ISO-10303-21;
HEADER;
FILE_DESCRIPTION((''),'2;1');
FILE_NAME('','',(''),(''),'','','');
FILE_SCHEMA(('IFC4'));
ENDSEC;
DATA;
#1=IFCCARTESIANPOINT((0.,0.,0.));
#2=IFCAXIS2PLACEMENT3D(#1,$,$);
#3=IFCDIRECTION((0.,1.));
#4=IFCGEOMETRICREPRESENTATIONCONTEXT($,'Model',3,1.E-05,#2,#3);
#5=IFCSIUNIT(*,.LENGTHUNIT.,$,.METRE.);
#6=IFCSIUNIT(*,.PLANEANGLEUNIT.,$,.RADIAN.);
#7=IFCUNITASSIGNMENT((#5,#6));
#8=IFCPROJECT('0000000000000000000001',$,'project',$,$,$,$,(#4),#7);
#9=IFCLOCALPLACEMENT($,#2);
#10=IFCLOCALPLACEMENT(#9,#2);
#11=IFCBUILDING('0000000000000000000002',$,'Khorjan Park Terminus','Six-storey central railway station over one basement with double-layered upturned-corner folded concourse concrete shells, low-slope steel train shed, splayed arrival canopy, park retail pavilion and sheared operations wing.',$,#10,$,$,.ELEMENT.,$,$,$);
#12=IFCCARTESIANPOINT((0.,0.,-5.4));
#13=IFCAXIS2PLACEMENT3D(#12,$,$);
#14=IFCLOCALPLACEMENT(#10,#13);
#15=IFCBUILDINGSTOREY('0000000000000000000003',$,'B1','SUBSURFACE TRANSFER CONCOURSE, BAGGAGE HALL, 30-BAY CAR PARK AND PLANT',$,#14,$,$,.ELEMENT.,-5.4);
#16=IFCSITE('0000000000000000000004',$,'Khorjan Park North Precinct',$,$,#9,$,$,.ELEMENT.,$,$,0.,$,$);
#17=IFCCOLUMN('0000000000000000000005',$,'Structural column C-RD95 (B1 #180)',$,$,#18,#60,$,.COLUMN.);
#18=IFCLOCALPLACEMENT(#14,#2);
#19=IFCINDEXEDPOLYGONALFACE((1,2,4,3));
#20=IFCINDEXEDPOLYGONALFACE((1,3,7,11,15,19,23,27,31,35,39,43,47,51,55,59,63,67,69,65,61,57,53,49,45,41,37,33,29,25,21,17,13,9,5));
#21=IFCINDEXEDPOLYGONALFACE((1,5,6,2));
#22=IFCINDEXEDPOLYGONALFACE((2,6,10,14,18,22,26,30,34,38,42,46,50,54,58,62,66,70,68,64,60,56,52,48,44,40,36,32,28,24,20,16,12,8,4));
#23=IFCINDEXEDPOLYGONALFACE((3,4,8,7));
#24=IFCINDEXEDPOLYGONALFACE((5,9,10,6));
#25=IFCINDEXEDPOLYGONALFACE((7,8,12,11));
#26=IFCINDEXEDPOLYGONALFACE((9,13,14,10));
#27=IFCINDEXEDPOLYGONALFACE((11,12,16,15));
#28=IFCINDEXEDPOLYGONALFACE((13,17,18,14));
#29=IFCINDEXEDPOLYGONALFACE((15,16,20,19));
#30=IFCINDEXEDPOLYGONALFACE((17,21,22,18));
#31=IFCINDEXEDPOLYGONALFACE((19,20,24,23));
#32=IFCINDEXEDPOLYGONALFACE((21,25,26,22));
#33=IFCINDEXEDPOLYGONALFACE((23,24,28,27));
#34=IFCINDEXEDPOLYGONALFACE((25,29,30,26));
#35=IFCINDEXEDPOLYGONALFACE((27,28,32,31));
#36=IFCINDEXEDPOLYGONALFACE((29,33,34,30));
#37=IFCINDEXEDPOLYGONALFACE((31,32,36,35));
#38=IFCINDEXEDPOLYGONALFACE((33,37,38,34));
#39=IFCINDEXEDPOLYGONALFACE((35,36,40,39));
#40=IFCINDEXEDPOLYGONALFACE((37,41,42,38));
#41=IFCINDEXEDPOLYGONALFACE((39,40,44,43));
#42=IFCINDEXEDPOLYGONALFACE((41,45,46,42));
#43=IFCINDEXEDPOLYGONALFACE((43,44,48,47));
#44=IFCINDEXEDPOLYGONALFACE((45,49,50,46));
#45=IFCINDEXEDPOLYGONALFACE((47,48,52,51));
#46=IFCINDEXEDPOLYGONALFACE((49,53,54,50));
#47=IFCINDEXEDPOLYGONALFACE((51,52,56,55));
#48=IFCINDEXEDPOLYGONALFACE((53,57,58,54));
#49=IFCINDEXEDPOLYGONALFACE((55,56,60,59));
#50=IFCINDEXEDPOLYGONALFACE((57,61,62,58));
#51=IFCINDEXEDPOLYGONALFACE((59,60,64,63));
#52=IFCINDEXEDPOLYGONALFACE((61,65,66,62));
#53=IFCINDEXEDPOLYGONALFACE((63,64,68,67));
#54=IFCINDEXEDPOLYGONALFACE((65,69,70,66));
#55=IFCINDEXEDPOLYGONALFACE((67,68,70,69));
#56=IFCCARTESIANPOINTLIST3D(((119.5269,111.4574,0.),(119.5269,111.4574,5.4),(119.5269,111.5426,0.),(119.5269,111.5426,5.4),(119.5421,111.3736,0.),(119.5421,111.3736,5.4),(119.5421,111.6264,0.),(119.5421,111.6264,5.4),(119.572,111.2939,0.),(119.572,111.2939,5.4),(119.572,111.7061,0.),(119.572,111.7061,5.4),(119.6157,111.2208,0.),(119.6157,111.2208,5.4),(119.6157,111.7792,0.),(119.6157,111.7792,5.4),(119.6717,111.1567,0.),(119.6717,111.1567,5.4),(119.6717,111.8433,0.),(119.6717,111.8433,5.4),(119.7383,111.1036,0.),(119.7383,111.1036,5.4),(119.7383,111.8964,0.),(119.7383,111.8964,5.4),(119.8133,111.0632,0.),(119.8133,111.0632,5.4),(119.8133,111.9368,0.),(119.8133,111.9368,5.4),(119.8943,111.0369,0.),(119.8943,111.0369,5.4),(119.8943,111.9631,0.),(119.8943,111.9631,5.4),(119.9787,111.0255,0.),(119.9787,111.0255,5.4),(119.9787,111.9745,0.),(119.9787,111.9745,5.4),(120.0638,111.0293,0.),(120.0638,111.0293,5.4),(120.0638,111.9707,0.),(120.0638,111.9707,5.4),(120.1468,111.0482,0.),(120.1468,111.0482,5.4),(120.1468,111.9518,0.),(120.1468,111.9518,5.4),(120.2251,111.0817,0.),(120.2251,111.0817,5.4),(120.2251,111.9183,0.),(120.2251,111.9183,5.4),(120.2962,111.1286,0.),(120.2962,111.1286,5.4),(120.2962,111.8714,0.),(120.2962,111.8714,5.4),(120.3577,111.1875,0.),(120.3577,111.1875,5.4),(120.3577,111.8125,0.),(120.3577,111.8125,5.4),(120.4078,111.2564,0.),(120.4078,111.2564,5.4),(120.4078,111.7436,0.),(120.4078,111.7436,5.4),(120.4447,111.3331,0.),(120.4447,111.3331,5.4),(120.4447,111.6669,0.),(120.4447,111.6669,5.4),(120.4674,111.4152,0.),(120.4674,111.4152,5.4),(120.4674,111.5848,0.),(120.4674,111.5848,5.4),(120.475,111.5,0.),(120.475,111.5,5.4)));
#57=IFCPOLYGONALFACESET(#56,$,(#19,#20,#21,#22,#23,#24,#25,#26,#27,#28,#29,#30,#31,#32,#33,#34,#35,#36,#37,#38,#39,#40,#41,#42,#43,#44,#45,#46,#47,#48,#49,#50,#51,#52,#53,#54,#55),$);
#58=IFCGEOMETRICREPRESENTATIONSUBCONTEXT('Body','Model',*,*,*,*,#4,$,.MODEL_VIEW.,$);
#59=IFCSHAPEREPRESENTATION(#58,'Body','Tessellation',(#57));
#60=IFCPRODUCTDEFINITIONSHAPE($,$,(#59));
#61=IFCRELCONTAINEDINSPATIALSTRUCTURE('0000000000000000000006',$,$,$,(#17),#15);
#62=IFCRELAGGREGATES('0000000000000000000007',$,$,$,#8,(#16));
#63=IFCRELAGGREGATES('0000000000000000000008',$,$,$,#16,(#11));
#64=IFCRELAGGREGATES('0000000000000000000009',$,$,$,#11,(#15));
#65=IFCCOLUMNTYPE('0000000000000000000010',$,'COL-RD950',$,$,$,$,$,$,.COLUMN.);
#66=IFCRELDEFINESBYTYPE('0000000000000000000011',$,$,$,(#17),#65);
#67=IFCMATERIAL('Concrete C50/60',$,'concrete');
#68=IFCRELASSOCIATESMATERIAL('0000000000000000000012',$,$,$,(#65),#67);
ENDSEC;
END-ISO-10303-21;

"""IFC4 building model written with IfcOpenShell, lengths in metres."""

from ifc_helpers import new_model, si_unit, direction, frame, origin, origin_2d, place, context, subcontext, project, spatial, circle, extrude, material, material_profile, profile_set, type_object, element, save


model = new_model("IFC4")

# Units and contexts
model_context = context("Model", 3, precision=1e-05, world=origin(), true_north=direction((0.0, 1.0)))
body_context = subcontext(model_context, "Body", "Model", "MODEL_VIEW")
ifc_project = project(units=[si_unit("LENGTHUNIT", "METRE"), si_unit("PLANEANGLEUNIT", "RADIAN")], contexts=[model_context])

# Site, building, storey
site_placement = place(None, origin())
site = spatial("IfcSite", under=ifc_project, at=site_placement, Name="Khorjan Park North Precinct", CompositionType="ELEMENT", RefElevation=0.0)
building_placement = place(site_placement, origin())
building = spatial("IfcBuilding", under=site, at=building_placement, Name="Khorjan Park Terminus", Description="Six-storey central railway station over one basement with double-layered upturned-corner folded concourse concrete shells, low-slope steel train shed, splayed arrival canopy, park retail pavilion and sheared operations wing.", CompositionType="ELEMENT")
storey_placement = place(building_placement, frame((0.0, 0.0, -5.4)))
storey = spatial("IfcBuildingStorey", under=building, at=storey_placement, Name="B1", Description="SUBSURFACE TRANSFER CONCOURSE, BAGGAGE HALL, 30-BAY CAR PARK AND PLANT", CompositionType="ELEMENT", Elevation=-5.4)

# Column
ifc_material_1 = material(Name="Concrete C50/60", Category="concrete")
ifc_material_profile_1 = material_profile(ifc_material_1, circle(Radius=0.475, at=origin_2d()), Name="RC D950")
ifc_profile_set_1 = profile_set([ifc_material_profile_1], Name="Concrete C50/60")
column_type_1 = type_object("IfcColumnType", Name="COL-RD950", PredefinedType="COLUMN", material=ifc_profile_set_1)
column_1_placement = place(storey_placement, frame((120.0, 111.5, 0.0), z_axis=(0.0, 0.0, 1.0), x_axis=(1.0, 0.0, 0.0)))
element("IfcColumn", 1, at=column_1_placement, inside=storey, type_object=column_type_1, Name="Structural column C-RD95 (B1 #180)", PredefinedType="COLUMN", context=body_context, shape_type="SweptSolid", body=[
    extrude(circle(Radius=0.475, at=origin_2d()), origin(), (0.0, 0.0, 1.0), 5.4),
])

save(model, "model.ifc")
